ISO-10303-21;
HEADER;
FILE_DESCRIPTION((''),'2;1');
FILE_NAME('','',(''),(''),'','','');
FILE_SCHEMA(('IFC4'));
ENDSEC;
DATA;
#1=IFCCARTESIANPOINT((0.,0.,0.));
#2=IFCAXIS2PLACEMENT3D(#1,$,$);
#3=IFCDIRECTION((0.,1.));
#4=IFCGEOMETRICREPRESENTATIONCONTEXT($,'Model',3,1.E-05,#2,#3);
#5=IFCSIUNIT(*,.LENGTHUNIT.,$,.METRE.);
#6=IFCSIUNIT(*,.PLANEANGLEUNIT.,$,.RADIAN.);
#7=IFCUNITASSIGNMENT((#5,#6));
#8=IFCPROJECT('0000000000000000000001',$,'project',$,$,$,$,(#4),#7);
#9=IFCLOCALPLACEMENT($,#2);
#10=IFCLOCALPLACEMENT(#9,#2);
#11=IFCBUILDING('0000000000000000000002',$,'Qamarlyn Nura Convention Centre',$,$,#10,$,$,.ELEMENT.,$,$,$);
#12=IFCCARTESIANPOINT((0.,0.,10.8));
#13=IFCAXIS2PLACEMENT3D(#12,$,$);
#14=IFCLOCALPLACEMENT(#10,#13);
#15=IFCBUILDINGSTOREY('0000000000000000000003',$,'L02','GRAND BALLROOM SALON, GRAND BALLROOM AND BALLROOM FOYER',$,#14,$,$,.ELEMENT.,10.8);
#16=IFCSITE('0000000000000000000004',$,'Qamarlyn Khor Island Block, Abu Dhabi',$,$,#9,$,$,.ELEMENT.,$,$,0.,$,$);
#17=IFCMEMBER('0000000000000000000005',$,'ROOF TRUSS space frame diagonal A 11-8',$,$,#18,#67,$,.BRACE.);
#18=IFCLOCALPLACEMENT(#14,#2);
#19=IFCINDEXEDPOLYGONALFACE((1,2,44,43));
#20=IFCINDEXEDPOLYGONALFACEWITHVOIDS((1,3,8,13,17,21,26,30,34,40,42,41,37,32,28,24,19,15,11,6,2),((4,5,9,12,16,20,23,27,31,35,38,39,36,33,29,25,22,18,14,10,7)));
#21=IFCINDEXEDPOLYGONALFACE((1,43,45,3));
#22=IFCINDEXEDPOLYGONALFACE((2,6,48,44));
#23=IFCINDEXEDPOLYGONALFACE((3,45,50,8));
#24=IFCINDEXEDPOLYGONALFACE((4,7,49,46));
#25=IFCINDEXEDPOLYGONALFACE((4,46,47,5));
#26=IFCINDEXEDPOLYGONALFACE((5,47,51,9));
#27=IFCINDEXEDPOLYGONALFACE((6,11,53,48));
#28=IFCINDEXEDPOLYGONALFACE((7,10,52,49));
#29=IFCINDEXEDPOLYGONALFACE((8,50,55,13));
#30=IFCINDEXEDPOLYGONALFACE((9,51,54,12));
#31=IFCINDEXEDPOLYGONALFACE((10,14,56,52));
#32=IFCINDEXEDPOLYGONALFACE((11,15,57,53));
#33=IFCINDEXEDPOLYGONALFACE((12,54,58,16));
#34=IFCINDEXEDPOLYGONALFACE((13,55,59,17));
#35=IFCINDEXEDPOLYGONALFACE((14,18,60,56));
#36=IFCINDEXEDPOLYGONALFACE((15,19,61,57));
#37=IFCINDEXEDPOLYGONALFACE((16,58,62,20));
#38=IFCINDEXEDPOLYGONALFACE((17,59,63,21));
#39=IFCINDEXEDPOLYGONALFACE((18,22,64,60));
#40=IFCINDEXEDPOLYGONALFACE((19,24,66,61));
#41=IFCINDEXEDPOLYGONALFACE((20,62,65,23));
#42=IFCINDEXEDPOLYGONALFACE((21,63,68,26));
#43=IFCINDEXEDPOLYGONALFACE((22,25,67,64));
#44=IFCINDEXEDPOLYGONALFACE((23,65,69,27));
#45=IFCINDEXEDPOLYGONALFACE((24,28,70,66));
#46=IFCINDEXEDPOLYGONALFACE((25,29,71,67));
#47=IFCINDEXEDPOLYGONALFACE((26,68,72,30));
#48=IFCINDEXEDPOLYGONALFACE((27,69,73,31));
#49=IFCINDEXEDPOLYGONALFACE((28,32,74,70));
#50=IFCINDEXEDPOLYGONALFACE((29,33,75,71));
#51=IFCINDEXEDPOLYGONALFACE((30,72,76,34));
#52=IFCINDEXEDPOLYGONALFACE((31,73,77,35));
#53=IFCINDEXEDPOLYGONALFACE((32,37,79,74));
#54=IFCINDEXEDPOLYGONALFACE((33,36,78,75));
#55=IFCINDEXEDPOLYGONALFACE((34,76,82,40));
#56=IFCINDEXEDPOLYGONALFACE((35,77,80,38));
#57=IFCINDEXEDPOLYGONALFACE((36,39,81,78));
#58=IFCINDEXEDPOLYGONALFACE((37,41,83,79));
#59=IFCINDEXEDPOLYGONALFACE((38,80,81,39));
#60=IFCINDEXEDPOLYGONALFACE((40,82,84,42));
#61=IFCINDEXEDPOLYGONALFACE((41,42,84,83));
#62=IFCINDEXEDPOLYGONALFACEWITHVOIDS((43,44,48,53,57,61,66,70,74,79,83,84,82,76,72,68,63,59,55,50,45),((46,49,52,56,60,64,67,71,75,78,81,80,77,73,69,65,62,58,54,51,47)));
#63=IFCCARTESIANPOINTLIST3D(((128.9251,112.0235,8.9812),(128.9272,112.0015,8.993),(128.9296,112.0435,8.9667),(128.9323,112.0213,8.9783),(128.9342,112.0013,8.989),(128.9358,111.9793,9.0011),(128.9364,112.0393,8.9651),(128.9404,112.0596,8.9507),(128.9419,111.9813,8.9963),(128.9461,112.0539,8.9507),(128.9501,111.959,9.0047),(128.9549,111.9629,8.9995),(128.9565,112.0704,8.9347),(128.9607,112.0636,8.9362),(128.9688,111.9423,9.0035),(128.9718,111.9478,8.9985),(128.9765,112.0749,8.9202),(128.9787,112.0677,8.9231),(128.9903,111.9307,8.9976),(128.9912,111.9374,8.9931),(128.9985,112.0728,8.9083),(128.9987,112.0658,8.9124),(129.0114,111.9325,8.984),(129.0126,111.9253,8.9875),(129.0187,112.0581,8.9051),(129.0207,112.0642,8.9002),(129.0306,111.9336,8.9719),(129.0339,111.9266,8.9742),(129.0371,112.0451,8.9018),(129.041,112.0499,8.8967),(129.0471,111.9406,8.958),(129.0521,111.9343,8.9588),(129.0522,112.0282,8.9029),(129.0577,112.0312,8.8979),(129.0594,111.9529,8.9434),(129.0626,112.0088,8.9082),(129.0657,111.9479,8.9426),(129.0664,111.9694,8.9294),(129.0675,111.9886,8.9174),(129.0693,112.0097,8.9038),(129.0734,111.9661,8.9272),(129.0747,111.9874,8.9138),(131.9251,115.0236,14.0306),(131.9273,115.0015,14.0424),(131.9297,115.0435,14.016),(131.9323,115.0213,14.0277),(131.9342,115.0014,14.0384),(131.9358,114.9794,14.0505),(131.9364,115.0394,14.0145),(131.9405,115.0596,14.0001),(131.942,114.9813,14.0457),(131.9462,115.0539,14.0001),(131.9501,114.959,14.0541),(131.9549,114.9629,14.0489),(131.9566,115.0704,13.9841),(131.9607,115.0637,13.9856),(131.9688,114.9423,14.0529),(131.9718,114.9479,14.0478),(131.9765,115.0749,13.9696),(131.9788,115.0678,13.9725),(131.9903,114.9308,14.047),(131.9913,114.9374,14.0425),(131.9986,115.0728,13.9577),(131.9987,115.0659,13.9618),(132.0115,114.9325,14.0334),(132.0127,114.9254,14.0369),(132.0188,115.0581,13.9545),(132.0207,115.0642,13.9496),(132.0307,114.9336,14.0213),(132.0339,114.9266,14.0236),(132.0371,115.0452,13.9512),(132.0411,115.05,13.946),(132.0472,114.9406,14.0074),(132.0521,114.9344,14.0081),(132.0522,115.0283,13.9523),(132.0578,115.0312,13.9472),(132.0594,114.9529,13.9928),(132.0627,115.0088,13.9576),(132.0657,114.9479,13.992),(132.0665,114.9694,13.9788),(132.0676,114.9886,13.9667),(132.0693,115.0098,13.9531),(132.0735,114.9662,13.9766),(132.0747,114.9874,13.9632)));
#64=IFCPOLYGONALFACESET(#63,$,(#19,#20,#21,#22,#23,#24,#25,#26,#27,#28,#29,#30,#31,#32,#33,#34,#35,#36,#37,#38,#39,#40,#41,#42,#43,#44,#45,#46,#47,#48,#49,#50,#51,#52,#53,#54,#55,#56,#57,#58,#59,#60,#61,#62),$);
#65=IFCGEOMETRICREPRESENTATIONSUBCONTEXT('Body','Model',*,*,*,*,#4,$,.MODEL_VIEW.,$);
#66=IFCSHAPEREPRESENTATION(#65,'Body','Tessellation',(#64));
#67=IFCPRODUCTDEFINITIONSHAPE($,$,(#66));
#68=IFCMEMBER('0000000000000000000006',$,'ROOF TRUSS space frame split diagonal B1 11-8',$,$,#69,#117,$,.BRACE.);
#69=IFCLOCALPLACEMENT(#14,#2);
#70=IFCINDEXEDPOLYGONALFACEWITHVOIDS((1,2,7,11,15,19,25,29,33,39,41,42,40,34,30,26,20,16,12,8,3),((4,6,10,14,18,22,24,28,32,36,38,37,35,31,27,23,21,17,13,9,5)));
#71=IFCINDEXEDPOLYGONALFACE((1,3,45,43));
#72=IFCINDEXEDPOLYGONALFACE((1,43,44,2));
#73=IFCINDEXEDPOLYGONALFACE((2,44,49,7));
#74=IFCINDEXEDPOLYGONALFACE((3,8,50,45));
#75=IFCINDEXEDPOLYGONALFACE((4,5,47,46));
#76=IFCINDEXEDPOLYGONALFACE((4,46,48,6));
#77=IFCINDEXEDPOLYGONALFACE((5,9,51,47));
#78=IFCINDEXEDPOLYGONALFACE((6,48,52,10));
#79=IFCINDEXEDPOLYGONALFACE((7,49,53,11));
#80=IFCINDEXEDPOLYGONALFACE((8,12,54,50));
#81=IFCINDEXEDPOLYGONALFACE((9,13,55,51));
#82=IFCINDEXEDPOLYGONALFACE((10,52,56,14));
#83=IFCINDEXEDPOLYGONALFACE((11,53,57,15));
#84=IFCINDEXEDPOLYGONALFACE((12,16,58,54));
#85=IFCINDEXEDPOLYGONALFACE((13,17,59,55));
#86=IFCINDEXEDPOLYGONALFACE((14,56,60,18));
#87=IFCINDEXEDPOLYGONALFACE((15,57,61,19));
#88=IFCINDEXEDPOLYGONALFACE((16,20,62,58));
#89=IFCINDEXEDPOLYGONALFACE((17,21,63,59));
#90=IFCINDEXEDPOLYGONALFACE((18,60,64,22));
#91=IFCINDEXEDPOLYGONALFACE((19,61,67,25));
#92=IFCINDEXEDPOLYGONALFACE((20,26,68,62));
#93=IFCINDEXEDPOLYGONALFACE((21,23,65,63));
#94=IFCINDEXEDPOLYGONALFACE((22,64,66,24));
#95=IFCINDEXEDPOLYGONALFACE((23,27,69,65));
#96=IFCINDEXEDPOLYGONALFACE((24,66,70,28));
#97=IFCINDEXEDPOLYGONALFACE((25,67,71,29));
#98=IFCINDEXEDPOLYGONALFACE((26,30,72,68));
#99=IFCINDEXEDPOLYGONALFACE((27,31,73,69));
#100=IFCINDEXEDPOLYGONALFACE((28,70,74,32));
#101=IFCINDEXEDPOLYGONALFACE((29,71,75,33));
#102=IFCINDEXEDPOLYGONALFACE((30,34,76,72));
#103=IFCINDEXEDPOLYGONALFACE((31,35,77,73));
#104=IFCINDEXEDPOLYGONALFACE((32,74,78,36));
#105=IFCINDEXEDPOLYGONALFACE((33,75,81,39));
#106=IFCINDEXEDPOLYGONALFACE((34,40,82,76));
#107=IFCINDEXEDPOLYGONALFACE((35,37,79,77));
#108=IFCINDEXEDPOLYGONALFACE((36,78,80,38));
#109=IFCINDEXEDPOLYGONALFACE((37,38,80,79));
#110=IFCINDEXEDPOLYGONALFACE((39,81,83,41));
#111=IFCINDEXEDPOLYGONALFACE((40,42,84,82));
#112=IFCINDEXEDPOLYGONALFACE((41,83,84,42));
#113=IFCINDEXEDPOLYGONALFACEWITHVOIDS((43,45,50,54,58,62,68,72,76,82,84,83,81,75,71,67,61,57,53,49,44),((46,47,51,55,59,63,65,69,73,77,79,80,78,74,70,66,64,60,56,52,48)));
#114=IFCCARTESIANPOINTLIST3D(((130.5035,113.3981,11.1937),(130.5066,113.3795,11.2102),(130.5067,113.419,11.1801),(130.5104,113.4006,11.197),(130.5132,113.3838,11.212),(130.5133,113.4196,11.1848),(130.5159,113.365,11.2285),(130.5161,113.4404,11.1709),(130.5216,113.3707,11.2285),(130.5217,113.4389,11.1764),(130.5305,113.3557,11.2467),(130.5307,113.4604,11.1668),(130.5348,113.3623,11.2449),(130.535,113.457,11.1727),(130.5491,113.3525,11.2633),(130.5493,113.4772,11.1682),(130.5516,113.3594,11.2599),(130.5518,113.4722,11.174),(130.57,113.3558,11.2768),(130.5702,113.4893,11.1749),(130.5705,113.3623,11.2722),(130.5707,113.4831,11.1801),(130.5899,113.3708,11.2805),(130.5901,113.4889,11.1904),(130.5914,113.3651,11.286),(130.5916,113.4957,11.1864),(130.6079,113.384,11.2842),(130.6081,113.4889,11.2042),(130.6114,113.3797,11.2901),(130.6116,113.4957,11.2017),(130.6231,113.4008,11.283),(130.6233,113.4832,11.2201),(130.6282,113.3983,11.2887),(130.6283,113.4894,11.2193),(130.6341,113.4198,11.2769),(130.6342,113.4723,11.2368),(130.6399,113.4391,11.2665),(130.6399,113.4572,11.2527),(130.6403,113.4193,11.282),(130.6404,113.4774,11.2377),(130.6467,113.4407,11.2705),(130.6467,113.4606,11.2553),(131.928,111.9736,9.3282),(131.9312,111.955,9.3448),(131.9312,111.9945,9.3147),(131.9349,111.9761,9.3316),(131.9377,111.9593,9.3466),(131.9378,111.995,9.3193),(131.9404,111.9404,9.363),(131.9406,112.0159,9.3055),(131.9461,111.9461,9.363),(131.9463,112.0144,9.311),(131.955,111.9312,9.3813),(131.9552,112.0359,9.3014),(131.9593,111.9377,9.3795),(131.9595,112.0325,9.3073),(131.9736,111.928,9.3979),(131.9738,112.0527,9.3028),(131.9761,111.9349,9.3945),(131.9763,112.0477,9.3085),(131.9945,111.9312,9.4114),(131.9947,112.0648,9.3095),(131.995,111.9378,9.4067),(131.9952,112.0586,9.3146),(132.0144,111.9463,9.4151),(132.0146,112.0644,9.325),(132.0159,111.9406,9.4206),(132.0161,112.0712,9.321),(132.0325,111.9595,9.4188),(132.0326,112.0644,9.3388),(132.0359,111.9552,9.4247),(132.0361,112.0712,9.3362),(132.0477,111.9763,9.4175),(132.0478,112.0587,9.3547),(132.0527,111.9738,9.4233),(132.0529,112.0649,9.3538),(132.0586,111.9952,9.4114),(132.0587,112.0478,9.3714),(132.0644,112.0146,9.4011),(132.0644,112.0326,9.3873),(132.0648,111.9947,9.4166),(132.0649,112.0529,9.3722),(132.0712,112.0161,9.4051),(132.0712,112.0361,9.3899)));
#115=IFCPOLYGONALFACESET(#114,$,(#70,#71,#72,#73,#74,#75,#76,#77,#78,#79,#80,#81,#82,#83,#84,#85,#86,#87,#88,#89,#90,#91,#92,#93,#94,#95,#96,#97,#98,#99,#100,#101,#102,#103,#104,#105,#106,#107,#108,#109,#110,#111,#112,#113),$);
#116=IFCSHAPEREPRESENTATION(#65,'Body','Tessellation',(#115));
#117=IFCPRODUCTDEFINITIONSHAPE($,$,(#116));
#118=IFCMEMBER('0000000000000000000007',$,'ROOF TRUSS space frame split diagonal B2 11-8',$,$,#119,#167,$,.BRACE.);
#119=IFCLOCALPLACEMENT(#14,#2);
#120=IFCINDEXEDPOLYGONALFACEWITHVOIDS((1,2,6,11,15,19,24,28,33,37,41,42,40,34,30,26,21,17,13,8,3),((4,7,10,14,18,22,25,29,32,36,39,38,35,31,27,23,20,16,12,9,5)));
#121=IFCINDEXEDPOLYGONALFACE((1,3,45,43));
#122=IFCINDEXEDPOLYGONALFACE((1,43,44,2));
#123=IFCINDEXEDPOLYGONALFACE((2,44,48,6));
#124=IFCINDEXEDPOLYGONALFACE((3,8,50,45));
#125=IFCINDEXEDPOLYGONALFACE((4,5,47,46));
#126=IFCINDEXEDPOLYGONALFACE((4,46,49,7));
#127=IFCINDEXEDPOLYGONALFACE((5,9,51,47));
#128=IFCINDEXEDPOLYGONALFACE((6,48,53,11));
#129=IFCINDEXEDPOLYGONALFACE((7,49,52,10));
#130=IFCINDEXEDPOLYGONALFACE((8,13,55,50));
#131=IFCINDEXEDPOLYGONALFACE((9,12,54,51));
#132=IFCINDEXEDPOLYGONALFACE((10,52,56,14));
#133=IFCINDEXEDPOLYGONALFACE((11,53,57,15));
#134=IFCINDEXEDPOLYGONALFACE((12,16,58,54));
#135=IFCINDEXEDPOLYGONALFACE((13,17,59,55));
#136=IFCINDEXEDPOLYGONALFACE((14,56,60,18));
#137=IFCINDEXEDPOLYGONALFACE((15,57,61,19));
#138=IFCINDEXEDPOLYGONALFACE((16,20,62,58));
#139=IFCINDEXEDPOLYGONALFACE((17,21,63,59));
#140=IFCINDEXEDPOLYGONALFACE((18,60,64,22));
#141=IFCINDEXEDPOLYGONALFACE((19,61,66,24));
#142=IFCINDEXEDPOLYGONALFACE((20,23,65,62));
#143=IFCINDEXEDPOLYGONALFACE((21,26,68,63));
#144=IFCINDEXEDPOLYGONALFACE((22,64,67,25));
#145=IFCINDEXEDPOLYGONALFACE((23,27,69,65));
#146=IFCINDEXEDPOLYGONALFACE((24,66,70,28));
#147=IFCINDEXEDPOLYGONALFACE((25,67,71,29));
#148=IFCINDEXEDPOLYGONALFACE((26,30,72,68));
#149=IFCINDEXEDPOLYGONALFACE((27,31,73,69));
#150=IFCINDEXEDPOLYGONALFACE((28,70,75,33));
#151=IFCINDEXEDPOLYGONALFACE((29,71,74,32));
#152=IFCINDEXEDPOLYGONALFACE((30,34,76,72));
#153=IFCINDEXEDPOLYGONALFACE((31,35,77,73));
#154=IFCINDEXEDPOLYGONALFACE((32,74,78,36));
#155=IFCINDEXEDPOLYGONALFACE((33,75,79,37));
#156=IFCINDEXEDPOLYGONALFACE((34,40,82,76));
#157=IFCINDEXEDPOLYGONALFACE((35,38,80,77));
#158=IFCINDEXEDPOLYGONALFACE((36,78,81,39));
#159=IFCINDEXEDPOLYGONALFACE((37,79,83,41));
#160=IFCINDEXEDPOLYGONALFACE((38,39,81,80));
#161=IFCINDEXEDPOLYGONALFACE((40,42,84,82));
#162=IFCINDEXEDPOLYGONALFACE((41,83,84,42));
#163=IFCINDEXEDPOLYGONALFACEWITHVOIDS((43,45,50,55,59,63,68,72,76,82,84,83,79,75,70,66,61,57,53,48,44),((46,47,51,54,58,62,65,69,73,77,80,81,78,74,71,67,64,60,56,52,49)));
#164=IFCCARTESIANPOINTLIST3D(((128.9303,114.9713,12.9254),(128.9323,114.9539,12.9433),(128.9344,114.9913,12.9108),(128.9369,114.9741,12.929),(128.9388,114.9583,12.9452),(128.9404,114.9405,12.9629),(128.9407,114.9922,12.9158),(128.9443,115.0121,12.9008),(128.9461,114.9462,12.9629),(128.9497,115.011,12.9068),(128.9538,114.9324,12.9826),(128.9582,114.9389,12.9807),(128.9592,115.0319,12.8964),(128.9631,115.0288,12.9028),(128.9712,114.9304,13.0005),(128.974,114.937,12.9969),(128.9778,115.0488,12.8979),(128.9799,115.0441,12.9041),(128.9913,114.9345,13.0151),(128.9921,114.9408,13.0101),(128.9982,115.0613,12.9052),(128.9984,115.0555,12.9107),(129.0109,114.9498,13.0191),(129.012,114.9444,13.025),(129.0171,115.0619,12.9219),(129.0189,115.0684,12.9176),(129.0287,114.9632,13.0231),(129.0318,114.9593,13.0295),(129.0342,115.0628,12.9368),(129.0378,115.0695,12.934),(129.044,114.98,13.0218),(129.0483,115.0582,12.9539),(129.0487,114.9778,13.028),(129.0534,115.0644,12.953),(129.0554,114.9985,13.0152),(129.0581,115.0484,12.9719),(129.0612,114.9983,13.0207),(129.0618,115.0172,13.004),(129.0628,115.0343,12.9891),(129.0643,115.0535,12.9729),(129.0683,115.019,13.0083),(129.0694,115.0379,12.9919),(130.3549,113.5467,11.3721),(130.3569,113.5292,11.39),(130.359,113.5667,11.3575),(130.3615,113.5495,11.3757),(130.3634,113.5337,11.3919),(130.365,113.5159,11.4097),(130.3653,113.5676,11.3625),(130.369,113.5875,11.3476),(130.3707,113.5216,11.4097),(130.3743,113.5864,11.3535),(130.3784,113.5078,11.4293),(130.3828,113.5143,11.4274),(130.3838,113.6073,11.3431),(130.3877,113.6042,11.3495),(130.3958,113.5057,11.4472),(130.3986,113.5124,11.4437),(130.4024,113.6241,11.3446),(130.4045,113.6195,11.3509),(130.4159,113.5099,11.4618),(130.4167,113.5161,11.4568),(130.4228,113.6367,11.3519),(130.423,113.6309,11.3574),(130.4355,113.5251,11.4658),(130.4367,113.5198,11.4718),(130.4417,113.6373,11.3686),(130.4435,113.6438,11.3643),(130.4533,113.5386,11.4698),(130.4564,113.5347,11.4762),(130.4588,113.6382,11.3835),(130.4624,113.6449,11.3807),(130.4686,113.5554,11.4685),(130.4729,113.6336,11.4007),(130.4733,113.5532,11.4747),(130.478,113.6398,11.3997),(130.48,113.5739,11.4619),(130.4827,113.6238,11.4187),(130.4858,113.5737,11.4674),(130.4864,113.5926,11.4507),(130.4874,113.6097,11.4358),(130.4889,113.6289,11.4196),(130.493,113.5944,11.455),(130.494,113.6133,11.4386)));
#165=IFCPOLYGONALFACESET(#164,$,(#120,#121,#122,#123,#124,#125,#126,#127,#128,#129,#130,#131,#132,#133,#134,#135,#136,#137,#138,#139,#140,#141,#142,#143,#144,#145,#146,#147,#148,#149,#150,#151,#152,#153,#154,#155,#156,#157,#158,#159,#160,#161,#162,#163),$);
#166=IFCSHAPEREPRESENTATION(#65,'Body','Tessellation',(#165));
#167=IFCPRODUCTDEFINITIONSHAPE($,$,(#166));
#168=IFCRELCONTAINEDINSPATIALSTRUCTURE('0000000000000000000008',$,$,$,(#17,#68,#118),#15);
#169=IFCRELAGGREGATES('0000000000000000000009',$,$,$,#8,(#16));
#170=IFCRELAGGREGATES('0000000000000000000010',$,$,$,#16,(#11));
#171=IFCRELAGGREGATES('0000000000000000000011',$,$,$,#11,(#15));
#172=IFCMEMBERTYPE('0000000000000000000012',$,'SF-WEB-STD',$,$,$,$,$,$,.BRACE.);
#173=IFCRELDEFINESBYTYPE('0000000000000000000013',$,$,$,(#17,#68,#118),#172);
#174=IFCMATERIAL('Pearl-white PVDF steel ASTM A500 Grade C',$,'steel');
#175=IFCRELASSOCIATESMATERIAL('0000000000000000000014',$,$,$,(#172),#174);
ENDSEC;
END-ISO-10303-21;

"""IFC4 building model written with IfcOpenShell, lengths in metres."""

from ifc_helpers import new_model, si_unit, direction, frame, origin, origin_2d, place, context, subcontext, project, spatial, hollow_circle, extrude, material, material_profile, profile_set, type_object, element, save


model = new_model("IFC4")

# Units and contexts
model_context = context("Model", 3, precision=1e-05, world=origin(), true_north=direction((0.0, 1.0)))
body_context = subcontext(model_context, "Body", "Model", "MODEL_VIEW")
ifc_project = project(units=[si_unit("LENGTHUNIT", "METRE"), si_unit("PLANEANGLEUNIT", "RADIAN")], contexts=[model_context])

# Site, building, storey
site_placement = place(None, origin())
site = spatial("IfcSite", under=ifc_project, at=site_placement, Name="Qamarlyn Khor Island Block, Abu Dhabi", CompositionType="ELEMENT", RefElevation=0.0)
building_placement = place(site_placement, origin())
building = spatial("IfcBuilding", under=site, at=building_placement, Name="Qamarlyn Nura Convention Centre", CompositionType="ELEMENT")
storey_placement = place(building_placement, frame((0.0, 0.0, 10.8)))
storey = spatial("IfcBuildingStorey", under=building, at=storey_placement, Name="L02", Description="GRAND BALLROOM SALON, GRAND BALLROOM AND BALLROOM FOYER", CompositionType="ELEMENT", Elevation=10.8)

# Members
ifc_material_1 = material(Name="Pearl-white PVDF steel ASTM A500 Grade C", Category="steel")
ifc_material_profile_1 = material_profile(ifc_material_1, hollow_circle(Radius=0.0842, WallThickness=0.0081, at=origin_2d()), Name="CHS168.3X8")
ifc_profile_set_1 = profile_set([ifc_material_profile_1], Name="Pearl-white PVDF steel ASTM A500 Grade C")
member_type_1 = type_object("IfcMemberType", Name="SF-WEB-STD", PredefinedType="BRACE", material=ifc_profile_set_1)
member_1_placement = place(storey_placement, frame((129.0, 112.0, 8.9507), z_axis=(0.454882, 0.454882, 0.765614), x_axis=(-0.707107, 0.707107, 0.0)))
element("IfcMember", 1, at=member_1_placement, inside=storey, type_object=member_type_1, Name="ROOF TRUSS space frame diagonal A 11-8", PredefinedType="BRACE", context=body_context, shape_type="SweptSolid", body=[
    extrude(hollow_circle(Radius=0.0842, WallThickness=0.0081, at=origin_2d()), origin(), (0.0, 0.0, 1.0), 6.5952),
])
member_2_placement = place(storey_placement, frame((132.0, 112.0, 9.363), z_axis=(-0.518837, 0.518837, 0.679423), x_axis=(-0.707107, -0.707107, 0.0)))
element("IfcMember", 2, at=member_2_placement, inside=storey, type_object=member_type_1, Name="ROOF TRUSS space frame split diagonal B1 11-8", PredefinedType="BRACE", context=body_context, shape_type="SweptSolid", body=[
    extrude(hollow_circle(Radius=0.0842, WallThickness=0.0081, at=origin_2d()), origin(), (0.0, 0.0, 1.0), 2.7456),
])
member_3_placement = place(storey_placement, frame((130.4246, 113.5754, 11.4097), z_axis=(-0.559999, 0.559999, 0.610576), x_axis=(-0.707107, -0.707107, 0.0)))
element("IfcMember", 3, at=member_3_placement, inside=storey, type_object=member_type_1, Name="ROOF TRUSS space frame split diagonal B2 11-8", PredefinedType="BRACE", context=body_context, shape_type="SweptSolid", body=[
    extrude(hollow_circle(Radius=0.0842, WallThickness=0.0081, at=origin_2d()), origin(), (0.0, 0.0, 1.0), 2.5439),
])

save(model, "model.ifc")
